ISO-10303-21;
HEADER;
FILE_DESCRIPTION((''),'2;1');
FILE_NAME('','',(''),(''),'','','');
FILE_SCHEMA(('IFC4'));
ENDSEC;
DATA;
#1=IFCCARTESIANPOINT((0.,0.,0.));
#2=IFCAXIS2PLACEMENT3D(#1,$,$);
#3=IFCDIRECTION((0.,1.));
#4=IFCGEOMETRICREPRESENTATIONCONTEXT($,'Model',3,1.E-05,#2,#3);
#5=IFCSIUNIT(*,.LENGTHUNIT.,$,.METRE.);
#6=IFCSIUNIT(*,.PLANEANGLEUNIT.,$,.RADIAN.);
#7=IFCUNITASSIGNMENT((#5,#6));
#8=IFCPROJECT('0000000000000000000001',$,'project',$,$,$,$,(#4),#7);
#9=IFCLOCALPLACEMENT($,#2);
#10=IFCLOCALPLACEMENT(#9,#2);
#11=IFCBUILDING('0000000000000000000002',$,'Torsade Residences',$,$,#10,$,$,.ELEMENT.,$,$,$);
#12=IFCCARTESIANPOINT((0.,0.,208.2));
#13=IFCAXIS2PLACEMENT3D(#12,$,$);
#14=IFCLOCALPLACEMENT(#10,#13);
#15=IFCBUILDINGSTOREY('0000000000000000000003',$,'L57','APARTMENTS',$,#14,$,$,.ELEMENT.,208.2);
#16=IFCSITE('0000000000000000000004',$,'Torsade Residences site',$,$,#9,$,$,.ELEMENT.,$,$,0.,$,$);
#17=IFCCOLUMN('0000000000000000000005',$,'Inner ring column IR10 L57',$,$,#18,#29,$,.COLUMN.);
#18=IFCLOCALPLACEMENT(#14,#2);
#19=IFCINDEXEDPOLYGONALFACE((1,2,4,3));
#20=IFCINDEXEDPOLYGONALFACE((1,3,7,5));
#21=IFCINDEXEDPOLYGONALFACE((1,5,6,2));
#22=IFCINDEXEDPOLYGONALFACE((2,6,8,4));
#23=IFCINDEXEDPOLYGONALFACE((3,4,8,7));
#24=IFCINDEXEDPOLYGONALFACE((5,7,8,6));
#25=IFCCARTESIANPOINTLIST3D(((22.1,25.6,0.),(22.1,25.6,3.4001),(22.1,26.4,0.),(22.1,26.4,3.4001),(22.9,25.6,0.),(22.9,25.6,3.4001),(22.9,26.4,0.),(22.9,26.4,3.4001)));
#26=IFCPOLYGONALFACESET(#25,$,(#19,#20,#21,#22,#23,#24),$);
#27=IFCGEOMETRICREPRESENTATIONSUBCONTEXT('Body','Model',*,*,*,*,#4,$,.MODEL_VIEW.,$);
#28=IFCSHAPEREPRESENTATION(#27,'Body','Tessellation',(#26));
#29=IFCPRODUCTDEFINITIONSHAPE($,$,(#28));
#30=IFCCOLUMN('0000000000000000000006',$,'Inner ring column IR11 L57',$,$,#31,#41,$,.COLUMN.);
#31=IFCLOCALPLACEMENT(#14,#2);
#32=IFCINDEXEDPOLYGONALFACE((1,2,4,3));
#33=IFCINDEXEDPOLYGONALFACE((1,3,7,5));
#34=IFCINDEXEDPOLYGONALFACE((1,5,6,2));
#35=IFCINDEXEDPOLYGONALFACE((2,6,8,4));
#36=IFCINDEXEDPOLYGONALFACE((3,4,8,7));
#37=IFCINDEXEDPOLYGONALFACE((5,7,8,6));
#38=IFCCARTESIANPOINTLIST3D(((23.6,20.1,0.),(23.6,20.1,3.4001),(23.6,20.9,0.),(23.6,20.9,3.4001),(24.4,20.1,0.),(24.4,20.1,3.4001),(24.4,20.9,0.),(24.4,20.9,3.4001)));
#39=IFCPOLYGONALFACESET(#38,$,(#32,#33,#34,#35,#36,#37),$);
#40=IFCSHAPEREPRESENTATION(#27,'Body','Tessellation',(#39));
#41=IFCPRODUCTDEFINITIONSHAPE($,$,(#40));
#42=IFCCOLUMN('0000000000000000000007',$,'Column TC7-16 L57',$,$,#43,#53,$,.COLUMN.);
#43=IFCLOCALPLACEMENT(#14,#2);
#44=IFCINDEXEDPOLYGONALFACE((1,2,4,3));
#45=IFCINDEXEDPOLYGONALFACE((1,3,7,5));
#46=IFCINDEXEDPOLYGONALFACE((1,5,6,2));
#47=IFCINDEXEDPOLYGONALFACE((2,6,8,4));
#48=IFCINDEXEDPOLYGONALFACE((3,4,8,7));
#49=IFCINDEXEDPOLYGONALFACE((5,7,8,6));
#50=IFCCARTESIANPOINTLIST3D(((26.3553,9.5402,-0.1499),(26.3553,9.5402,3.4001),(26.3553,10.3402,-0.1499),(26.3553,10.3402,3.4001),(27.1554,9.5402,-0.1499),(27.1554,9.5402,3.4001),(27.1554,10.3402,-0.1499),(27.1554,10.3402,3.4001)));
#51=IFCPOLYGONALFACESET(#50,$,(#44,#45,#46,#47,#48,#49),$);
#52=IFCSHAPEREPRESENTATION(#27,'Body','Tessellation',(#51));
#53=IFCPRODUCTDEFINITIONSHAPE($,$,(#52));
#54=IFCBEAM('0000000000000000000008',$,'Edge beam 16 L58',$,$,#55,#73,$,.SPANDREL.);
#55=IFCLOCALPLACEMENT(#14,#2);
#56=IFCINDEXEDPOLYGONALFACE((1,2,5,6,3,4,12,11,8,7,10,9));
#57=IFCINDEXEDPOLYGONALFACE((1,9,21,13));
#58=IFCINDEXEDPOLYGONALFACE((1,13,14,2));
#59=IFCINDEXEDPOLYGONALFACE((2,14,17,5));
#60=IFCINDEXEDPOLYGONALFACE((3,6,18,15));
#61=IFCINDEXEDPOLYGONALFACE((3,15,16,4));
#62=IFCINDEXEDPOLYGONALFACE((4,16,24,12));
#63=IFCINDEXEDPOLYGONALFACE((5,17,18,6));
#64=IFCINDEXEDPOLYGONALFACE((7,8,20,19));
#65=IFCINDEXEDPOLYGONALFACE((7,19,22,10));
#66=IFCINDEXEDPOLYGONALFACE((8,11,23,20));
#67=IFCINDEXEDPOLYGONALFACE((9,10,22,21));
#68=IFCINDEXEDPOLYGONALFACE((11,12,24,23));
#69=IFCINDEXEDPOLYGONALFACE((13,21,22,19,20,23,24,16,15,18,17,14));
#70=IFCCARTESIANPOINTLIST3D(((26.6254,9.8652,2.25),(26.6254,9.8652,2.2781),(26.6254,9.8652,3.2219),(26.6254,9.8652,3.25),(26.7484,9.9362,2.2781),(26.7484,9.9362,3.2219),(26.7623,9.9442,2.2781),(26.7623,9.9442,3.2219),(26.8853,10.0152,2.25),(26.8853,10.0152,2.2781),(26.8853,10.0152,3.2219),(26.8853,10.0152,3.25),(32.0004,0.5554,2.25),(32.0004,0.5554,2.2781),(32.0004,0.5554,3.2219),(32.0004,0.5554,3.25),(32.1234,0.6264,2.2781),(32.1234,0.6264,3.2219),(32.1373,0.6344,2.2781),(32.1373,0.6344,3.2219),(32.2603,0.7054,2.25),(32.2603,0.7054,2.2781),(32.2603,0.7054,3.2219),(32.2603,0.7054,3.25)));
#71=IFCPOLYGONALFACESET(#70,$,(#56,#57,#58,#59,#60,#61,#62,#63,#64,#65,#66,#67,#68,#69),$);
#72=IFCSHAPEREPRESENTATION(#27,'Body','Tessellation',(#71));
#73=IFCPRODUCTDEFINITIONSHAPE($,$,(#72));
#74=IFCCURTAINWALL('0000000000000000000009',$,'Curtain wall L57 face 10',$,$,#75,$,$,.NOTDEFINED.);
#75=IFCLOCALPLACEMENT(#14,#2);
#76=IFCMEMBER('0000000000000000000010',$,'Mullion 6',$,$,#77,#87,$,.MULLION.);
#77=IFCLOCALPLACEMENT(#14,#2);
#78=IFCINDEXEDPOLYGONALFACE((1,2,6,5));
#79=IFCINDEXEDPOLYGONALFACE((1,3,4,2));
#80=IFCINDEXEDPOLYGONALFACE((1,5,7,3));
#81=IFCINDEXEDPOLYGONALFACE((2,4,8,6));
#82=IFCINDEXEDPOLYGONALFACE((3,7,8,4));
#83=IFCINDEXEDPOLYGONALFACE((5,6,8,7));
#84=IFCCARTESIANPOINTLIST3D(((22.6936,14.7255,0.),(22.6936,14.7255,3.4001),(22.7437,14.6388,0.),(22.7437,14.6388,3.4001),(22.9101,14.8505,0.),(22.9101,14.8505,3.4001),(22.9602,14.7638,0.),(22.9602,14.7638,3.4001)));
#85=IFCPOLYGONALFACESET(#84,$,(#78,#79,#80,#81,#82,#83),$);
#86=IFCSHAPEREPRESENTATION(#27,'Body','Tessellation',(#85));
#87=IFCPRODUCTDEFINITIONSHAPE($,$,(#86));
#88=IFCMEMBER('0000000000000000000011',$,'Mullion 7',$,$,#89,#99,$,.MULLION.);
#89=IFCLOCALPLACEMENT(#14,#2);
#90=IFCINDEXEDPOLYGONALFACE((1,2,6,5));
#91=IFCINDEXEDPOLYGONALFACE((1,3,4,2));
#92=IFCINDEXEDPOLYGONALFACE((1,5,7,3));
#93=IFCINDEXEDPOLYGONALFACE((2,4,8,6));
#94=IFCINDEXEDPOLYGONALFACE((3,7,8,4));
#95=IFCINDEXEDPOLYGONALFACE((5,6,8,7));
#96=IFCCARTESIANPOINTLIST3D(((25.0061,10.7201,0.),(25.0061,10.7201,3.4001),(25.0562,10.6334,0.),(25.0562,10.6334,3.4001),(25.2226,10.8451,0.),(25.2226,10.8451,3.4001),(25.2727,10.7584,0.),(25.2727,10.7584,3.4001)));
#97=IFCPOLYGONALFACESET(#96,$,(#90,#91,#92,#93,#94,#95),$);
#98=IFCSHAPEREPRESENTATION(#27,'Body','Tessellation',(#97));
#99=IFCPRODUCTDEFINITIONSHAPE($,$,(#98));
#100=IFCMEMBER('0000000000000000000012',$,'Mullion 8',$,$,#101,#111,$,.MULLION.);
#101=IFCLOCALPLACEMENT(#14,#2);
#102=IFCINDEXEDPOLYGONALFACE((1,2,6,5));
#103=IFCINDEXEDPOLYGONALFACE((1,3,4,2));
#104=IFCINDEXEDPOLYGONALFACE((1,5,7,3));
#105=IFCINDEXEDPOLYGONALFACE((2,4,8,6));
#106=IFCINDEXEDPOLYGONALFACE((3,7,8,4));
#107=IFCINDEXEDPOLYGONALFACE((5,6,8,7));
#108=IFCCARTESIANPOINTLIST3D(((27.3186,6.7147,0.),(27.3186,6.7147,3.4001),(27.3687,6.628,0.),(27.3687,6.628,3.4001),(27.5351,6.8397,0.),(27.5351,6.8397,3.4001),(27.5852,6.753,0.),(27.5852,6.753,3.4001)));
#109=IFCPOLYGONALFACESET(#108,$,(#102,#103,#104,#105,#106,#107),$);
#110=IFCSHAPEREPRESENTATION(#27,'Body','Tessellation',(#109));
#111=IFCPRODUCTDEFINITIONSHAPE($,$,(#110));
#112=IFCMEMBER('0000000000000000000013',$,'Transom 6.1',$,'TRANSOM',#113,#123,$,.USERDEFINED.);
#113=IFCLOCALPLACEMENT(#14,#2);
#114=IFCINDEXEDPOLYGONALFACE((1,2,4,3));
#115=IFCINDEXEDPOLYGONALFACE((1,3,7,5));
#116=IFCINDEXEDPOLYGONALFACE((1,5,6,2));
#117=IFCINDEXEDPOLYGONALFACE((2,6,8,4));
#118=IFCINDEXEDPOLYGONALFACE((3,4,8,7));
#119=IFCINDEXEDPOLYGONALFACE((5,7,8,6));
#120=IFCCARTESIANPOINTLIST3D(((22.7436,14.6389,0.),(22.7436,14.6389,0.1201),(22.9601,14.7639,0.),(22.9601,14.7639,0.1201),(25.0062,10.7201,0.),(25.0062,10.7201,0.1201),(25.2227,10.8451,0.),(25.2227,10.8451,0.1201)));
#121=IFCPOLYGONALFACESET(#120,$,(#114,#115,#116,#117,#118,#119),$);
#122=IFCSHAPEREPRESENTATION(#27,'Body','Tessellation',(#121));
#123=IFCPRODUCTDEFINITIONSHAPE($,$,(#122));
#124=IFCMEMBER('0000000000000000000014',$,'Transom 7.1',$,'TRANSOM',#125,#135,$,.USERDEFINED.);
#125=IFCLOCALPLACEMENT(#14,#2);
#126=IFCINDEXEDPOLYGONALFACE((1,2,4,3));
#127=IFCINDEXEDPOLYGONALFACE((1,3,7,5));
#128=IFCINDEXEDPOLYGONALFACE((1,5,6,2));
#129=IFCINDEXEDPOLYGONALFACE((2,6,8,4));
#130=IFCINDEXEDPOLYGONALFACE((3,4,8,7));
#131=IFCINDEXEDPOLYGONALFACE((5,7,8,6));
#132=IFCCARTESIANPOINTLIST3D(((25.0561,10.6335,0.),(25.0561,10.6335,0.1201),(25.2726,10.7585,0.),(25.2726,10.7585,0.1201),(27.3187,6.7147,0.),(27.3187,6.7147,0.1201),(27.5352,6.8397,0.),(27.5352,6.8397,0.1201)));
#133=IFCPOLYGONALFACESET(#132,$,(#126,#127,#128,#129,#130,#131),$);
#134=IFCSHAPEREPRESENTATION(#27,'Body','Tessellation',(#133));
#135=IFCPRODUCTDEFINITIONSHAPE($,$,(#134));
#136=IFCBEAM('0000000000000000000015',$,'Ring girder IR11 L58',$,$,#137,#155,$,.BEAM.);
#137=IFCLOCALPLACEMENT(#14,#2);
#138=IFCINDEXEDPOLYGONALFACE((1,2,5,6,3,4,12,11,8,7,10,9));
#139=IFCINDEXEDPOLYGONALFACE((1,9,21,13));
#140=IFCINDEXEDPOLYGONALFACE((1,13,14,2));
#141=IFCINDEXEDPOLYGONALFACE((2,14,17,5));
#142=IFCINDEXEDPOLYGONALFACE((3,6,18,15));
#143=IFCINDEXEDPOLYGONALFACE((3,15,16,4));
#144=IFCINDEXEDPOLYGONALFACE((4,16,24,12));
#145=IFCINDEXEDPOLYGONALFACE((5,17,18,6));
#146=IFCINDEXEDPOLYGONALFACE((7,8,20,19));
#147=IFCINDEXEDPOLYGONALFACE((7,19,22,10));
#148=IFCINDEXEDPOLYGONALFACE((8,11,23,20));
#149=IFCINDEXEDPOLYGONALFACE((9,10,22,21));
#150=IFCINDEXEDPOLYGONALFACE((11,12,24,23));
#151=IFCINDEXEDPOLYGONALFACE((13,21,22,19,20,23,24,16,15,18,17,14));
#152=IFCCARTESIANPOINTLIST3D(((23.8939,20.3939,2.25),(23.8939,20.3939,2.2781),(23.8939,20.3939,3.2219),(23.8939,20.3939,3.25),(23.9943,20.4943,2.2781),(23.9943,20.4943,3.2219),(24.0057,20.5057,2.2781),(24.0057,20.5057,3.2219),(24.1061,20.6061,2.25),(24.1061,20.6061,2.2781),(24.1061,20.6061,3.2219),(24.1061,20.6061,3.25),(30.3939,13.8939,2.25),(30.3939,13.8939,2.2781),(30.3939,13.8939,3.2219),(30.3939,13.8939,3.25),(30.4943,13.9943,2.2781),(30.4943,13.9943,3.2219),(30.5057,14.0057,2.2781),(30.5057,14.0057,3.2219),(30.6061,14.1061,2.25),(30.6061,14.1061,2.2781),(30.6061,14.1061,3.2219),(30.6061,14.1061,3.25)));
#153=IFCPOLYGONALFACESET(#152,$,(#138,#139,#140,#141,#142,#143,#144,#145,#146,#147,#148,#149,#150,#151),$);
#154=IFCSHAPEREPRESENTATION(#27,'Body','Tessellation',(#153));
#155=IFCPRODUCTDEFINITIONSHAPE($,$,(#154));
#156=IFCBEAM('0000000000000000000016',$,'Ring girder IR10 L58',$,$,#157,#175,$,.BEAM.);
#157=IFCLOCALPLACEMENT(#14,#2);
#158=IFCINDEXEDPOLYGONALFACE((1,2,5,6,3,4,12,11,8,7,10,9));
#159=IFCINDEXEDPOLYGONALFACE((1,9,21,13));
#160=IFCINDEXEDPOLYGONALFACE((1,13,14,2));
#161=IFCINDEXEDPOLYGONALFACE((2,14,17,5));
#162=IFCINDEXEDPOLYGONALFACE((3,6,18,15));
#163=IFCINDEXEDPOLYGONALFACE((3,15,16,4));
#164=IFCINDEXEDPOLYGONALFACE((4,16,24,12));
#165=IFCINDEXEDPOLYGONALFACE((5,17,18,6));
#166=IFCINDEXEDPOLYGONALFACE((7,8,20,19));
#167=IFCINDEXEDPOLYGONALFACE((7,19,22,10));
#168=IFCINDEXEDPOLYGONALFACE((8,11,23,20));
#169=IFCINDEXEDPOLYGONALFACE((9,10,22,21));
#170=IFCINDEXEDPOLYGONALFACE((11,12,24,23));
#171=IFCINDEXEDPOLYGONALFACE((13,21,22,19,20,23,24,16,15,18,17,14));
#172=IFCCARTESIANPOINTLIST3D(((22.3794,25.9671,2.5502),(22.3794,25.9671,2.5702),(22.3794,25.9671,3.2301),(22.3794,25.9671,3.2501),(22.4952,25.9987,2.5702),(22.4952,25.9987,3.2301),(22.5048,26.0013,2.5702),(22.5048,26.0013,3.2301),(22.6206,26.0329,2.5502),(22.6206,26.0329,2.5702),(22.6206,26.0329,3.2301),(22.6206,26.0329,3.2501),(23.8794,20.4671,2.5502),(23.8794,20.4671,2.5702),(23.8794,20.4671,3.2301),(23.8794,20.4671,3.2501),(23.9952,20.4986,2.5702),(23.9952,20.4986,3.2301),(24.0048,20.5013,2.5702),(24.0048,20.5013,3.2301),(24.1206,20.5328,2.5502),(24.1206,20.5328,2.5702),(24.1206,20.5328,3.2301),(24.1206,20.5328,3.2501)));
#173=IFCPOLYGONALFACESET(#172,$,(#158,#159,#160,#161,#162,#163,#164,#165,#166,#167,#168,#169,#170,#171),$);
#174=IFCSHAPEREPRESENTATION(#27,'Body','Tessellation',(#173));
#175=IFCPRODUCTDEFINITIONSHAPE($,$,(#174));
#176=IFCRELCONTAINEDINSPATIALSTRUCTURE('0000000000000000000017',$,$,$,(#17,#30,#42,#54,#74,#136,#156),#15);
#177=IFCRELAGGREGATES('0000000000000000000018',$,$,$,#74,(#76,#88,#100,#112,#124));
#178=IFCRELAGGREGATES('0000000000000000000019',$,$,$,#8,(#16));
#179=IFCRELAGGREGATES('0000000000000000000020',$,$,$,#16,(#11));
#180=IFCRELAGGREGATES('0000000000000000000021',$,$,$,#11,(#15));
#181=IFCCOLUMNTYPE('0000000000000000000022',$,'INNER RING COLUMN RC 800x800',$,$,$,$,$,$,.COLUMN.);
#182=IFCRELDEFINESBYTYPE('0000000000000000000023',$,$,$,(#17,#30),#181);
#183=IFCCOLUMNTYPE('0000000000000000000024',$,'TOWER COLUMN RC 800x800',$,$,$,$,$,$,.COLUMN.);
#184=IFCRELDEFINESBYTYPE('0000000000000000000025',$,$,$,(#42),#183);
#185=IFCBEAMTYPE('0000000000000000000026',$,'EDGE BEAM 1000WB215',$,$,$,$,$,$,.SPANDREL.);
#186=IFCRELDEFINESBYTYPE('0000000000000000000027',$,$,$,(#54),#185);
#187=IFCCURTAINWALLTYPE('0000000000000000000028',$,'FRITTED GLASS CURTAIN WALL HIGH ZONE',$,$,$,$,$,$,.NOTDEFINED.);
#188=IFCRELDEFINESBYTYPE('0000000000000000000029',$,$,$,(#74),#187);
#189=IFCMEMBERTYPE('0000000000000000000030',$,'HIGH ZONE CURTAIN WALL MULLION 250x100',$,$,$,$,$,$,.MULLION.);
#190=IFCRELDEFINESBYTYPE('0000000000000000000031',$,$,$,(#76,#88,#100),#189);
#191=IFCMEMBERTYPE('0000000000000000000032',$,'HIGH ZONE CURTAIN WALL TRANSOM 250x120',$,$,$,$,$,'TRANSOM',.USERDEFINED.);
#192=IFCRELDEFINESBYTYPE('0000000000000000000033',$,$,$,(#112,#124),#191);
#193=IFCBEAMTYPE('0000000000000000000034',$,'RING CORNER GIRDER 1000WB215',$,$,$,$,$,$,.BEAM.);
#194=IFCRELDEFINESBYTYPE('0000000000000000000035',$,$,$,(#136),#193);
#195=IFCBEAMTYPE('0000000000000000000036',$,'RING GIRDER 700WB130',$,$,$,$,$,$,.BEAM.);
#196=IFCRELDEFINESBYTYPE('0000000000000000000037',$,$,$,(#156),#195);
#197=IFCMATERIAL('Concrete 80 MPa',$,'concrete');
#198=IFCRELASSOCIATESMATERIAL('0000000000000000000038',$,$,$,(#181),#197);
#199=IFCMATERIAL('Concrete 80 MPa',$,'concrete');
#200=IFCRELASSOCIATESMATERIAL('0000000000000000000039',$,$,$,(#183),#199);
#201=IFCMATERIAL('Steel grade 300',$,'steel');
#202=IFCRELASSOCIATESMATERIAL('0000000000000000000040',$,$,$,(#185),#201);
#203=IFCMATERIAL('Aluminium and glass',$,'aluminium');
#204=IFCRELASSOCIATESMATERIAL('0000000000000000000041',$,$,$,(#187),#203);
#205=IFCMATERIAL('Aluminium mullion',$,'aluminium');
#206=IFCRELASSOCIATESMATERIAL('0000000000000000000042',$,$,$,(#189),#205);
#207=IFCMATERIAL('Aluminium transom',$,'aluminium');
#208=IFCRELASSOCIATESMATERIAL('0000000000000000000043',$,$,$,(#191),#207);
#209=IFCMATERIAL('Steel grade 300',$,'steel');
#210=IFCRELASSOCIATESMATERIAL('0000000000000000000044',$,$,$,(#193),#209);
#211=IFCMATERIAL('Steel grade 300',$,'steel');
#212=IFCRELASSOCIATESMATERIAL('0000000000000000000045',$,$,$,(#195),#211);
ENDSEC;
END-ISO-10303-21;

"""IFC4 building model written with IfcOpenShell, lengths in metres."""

from ifc_helpers import new_model, si_unit, direction, frame, origin, origin_2d, place, context, subcontext, project, spatial, rectangle, i_section, extrude, material, material_profile, profile_set, type_object, element, aggregate, save


model = new_model("IFC4")

# Units and contexts
model_context = context("Model", 3, precision=1e-05, world=origin(), true_north=direction((0.0, 1.0)))
body_context = subcontext(model_context, "Body", "Model", "MODEL_VIEW")
ifc_project = project(units=[si_unit("LENGTHUNIT", "METRE"), si_unit("PLANEANGLEUNIT", "RADIAN")], contexts=[model_context])

# Site, building, storey
site_placement = place(None, origin())
site = spatial("IfcSite", under=ifc_project, at=site_placement, Name="Torsade Residences site", CompositionType="ELEMENT", RefElevation=0.0)
building_placement = place(site_placement, origin())
building = spatial("IfcBuilding", under=site, at=building_placement, Name="Torsade Residences", CompositionType="ELEMENT")
storey_placement = place(building_placement, frame((0.0, 0.0, 208.2)))
storey = spatial("IfcBuildingStorey", under=building, at=storey_placement, Name="L57", Description="APARTMENTS", CompositionType="ELEMENT", Elevation=208.2)

# Columns
ifc_material_1 = material(Name="Concrete 80 MPa", Category="concrete")
ifc_material_profile_1 = material_profile(ifc_material_1, rectangle(XDim=0.8, YDim=0.8, at=origin_2d()), Name="RC 800x800")
ifc_profile_set_1 = profile_set([ifc_material_profile_1], Name="Concrete 80 MPa")
column_type_1 = type_object("IfcColumnType", Name="INNER RING COLUMN RC 800x800", PredefinedType="COLUMN", material=ifc_profile_set_1)
for number, where, z_axis, x_axis, name in (
    (1, (22.5, 26.0, 0.0), (0.0, 0.0, 1.0), (1.0, 0.0, 0.0), "Inner ring column IR10 L57"),
    (2, (24.0, 20.5, 0.0), (0.0, 0.0, 1.0), (1.0, 0.0, 0.0), "Inner ring column IR11 L57"),
):
    element("IfcColumn", number, at=place(storey_placement, frame(where, z_axis=z_axis, x_axis=x_axis)), inside=storey, type_object=column_type_1, Name=name, PredefinedType="COLUMN", context=body_context, shape_type="SweptSolid", body=[
        extrude(rectangle(XDim=0.8, YDim=0.8, at=origin_2d()), origin(), (0.0, 0.0, 1.0), 3.4001),
    ])
ifc_material_2 = material(Name="Concrete 80 MPa", Category="concrete")
ifc_material_profile_2 = material_profile(ifc_material_2, rectangle(XDim=0.8, YDim=0.8, at=origin_2d()), Name="RC 800x800")
ifc_profile_set_2 = profile_set([ifc_material_profile_2], Name="Concrete 80 MPa")
column_type_2 = type_object("IfcColumnType", Name="TOWER COLUMN RC 800x800", PredefinedType="COLUMN", material=ifc_profile_set_2)
column_placement = place(storey_placement, frame((26.7554, 9.9402, -0.1499), z_axis=(0.0, 0.0, 1.0), x_axis=(1.0, 0.0, 0.0)))
element("IfcColumn", 3, at=column_placement, inside=storey, type_object=column_type_2, Name="Column TC7-16 L57", PredefinedType="COLUMN", context=body_context, shape_type="SweptSolid", body=[
    extrude(rectangle(XDim=0.8, YDim=0.8, at=origin_2d()), origin(), (0.0, 0.0, 1.0), 3.55),
])

# Beam
ifc_material_3 = material(Name="Steel grade 300", Category="steel")
ifc_material_profile_3 = material_profile(ifc_material_3, i_section(OverallWidth=0.3, OverallDepth=1.0, WebThickness=0.0161, FlangeThickness=0.0281, at=origin_2d()), Name="1000WB215")
ifc_profile_set_3 = profile_set([ifc_material_profile_3], Name="Steel grade 300")
beam_type_1 = type_object("IfcBeamType", Name="EDGE BEAM 1000WB215", PredefinedType="SPANDREL", material=ifc_profile_set_3)
beam_1_placement = place(storey_placement, frame((26.7554, 9.9402, 2.75), z_axis=(0.499998, -0.866026, 0.0), x_axis=(0.866026, 0.499998, 0.0)))
element("IfcBeam", 4, at=beam_1_placement, inside=storey, type_object=beam_type_1, Name="Edge beam 16 L58", PredefinedType="SPANDREL", context=body_context, shape_type="SweptSolid", body=[
    extrude(i_section(OverallWidth=0.3, OverallDepth=1.0, WebThickness=0.0161, FlangeThickness=0.0281, at=origin_2d()), origin(), (0.0, 0.0, 1.0), 10.75),
])

# Curtain wall, members
ifc_material_4 = material(Name="Aluminium and glass", Category="aluminium")
curtain_wall_type = type_object("IfcCurtainWallType", Name="FRITTED GLASS CURTAIN WALL HIGH ZONE", PredefinedType="NOTDEFINED", material=ifc_material_4)
curtain_wall_placement = place(storey_placement, origin())
curtain_wall = element("IfcCurtainWall", 5, at=curtain_wall_placement, inside=storey, type_object=curtain_wall_type, Name="Curtain wall L57 face 10", PredefinedType="NOTDEFINED")
ifc_material_5 = material(Name="Aluminium mullion", Category="aluminium")
ifc_material_profile_4 = material_profile(ifc_material_5, rectangle(XDim=0.25, YDim=0.1001, at=origin_2d()), Name="HIGH ZONE CURTAIN WALL MULLION 250x100")
ifc_profile_set_4 = profile_set([ifc_material_profile_4], Name="Aluminium mullion")
member_type_1 = type_object("IfcMemberType", Name="HIGH ZONE CURTAIN WALL MULLION 250x100", PredefinedType="MULLION", material=ifc_profile_set_4)
member_1_placement = place(storey_placement, frame((22.8269, 14.7446, 0.0), z_axis=(0.0, 0.0, 1.0), x_axis=(0.866025, 0.5, 0.0)))
member_1 = element("IfcMember", 6, at=member_1_placement, type_object=member_type_1, Name="Mullion 6", PredefinedType="MULLION", context=body_context, shape_type="SweptSolid", body=[
    extrude(rectangle(XDim=0.25, YDim=0.1001, at=origin_2d()), origin(), (0.0, 0.0, 1.0), 3.4001),
])
member_2_placement = place(storey_placement, frame((25.1394, 10.7393, 0.0), z_axis=(0.0, 0.0, 1.0), x_axis=(0.866025, 0.5, 0.0)))
member_2 = element("IfcMember", 7, at=member_2_placement, type_object=member_type_1, Name="Mullion 7", PredefinedType="MULLION", context=body_context, shape_type="SweptSolid", body=[
    extrude(rectangle(XDim=0.25, YDim=0.1001, at=origin_2d()), origin(), (0.0, 0.0, 1.0), 3.4001),
])
member_3_placement = place(storey_placement, frame((27.4519, 6.7339, 0.0), z_axis=(0.0, 0.0, 1.0), x_axis=(0.866025, 0.5, 0.0)))
member_3 = element("IfcMember", 8, at=member_3_placement, type_object=member_type_1, Name="Mullion 8", PredefinedType="MULLION", context=body_context, shape_type="SweptSolid", body=[
    extrude(rectangle(XDim=0.25, YDim=0.1001, at=origin_2d()), origin(), (0.0, 0.0, 1.0), 3.4001),
])
ifc_material_6 = material(Name="Aluminium transom", Category="aluminium")
ifc_material_profile_5 = material_profile(ifc_material_6, rectangle(XDim=0.25, YDim=0.1201, at=origin_2d()), Name="HIGH ZONE CURTAIN WALL TRANSOM 250x120")
ifc_profile_set_5 = profile_set([ifc_material_profile_5], Name="Aluminium transom")
member_type_2 = type_object("IfcMemberType", Name="HIGH ZONE CURTAIN WALL TRANSOM 250x120", ElementType="TRANSOM", PredefinedType="USERDEFINED", material=ifc_profile_set_5)
member_4_placement = place(storey_placement, frame((22.8518, 14.7014, 0.0601), z_axis=(0.500015, -0.866017, 0.0), x_axis=(0.866017, 0.500015, 0.0)))
member_4 = element("IfcMember", 9, at=member_4_placement, type_object=member_type_2, Name="Transom 6.1", ObjectType="TRANSOM", PredefinedType="USERDEFINED", context=body_context, shape_type="SweptSolid", body=[
    extrude(rectangle(XDim=0.25, YDim=0.1201, at=origin_2d()), origin(), (0.0, 0.0, 1.0), 4.5251),
])
member_5_placement = place(storey_placement, frame((25.1643, 10.696, 0.0601), z_axis=(0.500015, -0.866017, 0.0), x_axis=(0.866017, 0.500015, 0.0)))
member_5 = element("IfcMember", 10, at=member_5_placement, type_object=member_type_2, Name="Transom 7.1", ObjectType="TRANSOM", PredefinedType="USERDEFINED", context=body_context, shape_type="SweptSolid", body=[
    extrude(rectangle(XDim=0.25, YDim=0.1201, at=origin_2d()), origin(), (0.0, 0.0, 1.0), 4.5251),
])

# Beams
ifc_material_7 = material(Name="Steel grade 300", Category="steel")
ifc_material_profile_6 = material_profile(ifc_material_7, i_section(OverallWidth=0.3, OverallDepth=1.0, WebThickness=0.0161, FlangeThickness=0.0281, at=origin_2d()), Name="1000WB215")
ifc_profile_set_6 = profile_set([ifc_material_profile_6], Name="Steel grade 300")
beam_type_2 = type_object("IfcBeamType", Name="RING CORNER GIRDER 1000WB215", PredefinedType="BEAM", material=ifc_profile_set_6)
beam_2_placement = place(storey_placement, frame((24.0, 20.5, 2.75), z_axis=(0.707107, -0.707107, 0.0), x_axis=(0.707107, 0.707107, 0.0)))
element("IfcBeam", 11, at=beam_2_placement, inside=storey, type_object=beam_type_2, Name="Ring girder IR11 L58", PredefinedType="BEAM", context=body_context, shape_type="SweptSolid", body=[
    extrude(i_section(OverallWidth=0.3, OverallDepth=1.0, WebThickness=0.0161, FlangeThickness=0.0281, at=origin_2d()), origin(), (0.0, 0.0, 1.0), 9.1924),
])
ifc_material_8 = material(Name="Steel grade 300", Category="steel")
ifc_material_profile_7 = material_profile(ifc_material_8, i_section(OverallWidth=0.25, OverallDepth=0.7, WebThickness=0.01, FlangeThickness=0.02, at=origin_2d()), Name="700WB130")
ifc_profile_set_7 = profile_set([ifc_material_profile_7], Name="Steel grade 300")
beam_type_3 = type_object("IfcBeamType", Name="RING GIRDER 700WB130", PredefinedType="BEAM", material=ifc_profile_set_7)
beam_3_placement = place(storey_placement, frame((22.5, 26.0, 2.9001), z_axis=(0.263117, -0.964764, 0.0), x_axis=(0.964764, 0.263117, 0.0)))
element("IfcBeam", 12, at=beam_3_placement, inside=storey, type_object=beam_type_3, Name="Ring girder IR10 L58", PredefinedType="BEAM", context=body_context, shape_type="SweptSolid", body=[
    extrude(i_section(OverallWidth=0.25, OverallDepth=0.7, WebThickness=0.01, FlangeThickness=0.02, at=origin_2d()), origin(), (0.0, 0.0, 1.0), 5.7009),
])

aggregate(curtain_wall, [member_1, member_2, member_3, member_4, member_5])

save(model, "model.ifc")
